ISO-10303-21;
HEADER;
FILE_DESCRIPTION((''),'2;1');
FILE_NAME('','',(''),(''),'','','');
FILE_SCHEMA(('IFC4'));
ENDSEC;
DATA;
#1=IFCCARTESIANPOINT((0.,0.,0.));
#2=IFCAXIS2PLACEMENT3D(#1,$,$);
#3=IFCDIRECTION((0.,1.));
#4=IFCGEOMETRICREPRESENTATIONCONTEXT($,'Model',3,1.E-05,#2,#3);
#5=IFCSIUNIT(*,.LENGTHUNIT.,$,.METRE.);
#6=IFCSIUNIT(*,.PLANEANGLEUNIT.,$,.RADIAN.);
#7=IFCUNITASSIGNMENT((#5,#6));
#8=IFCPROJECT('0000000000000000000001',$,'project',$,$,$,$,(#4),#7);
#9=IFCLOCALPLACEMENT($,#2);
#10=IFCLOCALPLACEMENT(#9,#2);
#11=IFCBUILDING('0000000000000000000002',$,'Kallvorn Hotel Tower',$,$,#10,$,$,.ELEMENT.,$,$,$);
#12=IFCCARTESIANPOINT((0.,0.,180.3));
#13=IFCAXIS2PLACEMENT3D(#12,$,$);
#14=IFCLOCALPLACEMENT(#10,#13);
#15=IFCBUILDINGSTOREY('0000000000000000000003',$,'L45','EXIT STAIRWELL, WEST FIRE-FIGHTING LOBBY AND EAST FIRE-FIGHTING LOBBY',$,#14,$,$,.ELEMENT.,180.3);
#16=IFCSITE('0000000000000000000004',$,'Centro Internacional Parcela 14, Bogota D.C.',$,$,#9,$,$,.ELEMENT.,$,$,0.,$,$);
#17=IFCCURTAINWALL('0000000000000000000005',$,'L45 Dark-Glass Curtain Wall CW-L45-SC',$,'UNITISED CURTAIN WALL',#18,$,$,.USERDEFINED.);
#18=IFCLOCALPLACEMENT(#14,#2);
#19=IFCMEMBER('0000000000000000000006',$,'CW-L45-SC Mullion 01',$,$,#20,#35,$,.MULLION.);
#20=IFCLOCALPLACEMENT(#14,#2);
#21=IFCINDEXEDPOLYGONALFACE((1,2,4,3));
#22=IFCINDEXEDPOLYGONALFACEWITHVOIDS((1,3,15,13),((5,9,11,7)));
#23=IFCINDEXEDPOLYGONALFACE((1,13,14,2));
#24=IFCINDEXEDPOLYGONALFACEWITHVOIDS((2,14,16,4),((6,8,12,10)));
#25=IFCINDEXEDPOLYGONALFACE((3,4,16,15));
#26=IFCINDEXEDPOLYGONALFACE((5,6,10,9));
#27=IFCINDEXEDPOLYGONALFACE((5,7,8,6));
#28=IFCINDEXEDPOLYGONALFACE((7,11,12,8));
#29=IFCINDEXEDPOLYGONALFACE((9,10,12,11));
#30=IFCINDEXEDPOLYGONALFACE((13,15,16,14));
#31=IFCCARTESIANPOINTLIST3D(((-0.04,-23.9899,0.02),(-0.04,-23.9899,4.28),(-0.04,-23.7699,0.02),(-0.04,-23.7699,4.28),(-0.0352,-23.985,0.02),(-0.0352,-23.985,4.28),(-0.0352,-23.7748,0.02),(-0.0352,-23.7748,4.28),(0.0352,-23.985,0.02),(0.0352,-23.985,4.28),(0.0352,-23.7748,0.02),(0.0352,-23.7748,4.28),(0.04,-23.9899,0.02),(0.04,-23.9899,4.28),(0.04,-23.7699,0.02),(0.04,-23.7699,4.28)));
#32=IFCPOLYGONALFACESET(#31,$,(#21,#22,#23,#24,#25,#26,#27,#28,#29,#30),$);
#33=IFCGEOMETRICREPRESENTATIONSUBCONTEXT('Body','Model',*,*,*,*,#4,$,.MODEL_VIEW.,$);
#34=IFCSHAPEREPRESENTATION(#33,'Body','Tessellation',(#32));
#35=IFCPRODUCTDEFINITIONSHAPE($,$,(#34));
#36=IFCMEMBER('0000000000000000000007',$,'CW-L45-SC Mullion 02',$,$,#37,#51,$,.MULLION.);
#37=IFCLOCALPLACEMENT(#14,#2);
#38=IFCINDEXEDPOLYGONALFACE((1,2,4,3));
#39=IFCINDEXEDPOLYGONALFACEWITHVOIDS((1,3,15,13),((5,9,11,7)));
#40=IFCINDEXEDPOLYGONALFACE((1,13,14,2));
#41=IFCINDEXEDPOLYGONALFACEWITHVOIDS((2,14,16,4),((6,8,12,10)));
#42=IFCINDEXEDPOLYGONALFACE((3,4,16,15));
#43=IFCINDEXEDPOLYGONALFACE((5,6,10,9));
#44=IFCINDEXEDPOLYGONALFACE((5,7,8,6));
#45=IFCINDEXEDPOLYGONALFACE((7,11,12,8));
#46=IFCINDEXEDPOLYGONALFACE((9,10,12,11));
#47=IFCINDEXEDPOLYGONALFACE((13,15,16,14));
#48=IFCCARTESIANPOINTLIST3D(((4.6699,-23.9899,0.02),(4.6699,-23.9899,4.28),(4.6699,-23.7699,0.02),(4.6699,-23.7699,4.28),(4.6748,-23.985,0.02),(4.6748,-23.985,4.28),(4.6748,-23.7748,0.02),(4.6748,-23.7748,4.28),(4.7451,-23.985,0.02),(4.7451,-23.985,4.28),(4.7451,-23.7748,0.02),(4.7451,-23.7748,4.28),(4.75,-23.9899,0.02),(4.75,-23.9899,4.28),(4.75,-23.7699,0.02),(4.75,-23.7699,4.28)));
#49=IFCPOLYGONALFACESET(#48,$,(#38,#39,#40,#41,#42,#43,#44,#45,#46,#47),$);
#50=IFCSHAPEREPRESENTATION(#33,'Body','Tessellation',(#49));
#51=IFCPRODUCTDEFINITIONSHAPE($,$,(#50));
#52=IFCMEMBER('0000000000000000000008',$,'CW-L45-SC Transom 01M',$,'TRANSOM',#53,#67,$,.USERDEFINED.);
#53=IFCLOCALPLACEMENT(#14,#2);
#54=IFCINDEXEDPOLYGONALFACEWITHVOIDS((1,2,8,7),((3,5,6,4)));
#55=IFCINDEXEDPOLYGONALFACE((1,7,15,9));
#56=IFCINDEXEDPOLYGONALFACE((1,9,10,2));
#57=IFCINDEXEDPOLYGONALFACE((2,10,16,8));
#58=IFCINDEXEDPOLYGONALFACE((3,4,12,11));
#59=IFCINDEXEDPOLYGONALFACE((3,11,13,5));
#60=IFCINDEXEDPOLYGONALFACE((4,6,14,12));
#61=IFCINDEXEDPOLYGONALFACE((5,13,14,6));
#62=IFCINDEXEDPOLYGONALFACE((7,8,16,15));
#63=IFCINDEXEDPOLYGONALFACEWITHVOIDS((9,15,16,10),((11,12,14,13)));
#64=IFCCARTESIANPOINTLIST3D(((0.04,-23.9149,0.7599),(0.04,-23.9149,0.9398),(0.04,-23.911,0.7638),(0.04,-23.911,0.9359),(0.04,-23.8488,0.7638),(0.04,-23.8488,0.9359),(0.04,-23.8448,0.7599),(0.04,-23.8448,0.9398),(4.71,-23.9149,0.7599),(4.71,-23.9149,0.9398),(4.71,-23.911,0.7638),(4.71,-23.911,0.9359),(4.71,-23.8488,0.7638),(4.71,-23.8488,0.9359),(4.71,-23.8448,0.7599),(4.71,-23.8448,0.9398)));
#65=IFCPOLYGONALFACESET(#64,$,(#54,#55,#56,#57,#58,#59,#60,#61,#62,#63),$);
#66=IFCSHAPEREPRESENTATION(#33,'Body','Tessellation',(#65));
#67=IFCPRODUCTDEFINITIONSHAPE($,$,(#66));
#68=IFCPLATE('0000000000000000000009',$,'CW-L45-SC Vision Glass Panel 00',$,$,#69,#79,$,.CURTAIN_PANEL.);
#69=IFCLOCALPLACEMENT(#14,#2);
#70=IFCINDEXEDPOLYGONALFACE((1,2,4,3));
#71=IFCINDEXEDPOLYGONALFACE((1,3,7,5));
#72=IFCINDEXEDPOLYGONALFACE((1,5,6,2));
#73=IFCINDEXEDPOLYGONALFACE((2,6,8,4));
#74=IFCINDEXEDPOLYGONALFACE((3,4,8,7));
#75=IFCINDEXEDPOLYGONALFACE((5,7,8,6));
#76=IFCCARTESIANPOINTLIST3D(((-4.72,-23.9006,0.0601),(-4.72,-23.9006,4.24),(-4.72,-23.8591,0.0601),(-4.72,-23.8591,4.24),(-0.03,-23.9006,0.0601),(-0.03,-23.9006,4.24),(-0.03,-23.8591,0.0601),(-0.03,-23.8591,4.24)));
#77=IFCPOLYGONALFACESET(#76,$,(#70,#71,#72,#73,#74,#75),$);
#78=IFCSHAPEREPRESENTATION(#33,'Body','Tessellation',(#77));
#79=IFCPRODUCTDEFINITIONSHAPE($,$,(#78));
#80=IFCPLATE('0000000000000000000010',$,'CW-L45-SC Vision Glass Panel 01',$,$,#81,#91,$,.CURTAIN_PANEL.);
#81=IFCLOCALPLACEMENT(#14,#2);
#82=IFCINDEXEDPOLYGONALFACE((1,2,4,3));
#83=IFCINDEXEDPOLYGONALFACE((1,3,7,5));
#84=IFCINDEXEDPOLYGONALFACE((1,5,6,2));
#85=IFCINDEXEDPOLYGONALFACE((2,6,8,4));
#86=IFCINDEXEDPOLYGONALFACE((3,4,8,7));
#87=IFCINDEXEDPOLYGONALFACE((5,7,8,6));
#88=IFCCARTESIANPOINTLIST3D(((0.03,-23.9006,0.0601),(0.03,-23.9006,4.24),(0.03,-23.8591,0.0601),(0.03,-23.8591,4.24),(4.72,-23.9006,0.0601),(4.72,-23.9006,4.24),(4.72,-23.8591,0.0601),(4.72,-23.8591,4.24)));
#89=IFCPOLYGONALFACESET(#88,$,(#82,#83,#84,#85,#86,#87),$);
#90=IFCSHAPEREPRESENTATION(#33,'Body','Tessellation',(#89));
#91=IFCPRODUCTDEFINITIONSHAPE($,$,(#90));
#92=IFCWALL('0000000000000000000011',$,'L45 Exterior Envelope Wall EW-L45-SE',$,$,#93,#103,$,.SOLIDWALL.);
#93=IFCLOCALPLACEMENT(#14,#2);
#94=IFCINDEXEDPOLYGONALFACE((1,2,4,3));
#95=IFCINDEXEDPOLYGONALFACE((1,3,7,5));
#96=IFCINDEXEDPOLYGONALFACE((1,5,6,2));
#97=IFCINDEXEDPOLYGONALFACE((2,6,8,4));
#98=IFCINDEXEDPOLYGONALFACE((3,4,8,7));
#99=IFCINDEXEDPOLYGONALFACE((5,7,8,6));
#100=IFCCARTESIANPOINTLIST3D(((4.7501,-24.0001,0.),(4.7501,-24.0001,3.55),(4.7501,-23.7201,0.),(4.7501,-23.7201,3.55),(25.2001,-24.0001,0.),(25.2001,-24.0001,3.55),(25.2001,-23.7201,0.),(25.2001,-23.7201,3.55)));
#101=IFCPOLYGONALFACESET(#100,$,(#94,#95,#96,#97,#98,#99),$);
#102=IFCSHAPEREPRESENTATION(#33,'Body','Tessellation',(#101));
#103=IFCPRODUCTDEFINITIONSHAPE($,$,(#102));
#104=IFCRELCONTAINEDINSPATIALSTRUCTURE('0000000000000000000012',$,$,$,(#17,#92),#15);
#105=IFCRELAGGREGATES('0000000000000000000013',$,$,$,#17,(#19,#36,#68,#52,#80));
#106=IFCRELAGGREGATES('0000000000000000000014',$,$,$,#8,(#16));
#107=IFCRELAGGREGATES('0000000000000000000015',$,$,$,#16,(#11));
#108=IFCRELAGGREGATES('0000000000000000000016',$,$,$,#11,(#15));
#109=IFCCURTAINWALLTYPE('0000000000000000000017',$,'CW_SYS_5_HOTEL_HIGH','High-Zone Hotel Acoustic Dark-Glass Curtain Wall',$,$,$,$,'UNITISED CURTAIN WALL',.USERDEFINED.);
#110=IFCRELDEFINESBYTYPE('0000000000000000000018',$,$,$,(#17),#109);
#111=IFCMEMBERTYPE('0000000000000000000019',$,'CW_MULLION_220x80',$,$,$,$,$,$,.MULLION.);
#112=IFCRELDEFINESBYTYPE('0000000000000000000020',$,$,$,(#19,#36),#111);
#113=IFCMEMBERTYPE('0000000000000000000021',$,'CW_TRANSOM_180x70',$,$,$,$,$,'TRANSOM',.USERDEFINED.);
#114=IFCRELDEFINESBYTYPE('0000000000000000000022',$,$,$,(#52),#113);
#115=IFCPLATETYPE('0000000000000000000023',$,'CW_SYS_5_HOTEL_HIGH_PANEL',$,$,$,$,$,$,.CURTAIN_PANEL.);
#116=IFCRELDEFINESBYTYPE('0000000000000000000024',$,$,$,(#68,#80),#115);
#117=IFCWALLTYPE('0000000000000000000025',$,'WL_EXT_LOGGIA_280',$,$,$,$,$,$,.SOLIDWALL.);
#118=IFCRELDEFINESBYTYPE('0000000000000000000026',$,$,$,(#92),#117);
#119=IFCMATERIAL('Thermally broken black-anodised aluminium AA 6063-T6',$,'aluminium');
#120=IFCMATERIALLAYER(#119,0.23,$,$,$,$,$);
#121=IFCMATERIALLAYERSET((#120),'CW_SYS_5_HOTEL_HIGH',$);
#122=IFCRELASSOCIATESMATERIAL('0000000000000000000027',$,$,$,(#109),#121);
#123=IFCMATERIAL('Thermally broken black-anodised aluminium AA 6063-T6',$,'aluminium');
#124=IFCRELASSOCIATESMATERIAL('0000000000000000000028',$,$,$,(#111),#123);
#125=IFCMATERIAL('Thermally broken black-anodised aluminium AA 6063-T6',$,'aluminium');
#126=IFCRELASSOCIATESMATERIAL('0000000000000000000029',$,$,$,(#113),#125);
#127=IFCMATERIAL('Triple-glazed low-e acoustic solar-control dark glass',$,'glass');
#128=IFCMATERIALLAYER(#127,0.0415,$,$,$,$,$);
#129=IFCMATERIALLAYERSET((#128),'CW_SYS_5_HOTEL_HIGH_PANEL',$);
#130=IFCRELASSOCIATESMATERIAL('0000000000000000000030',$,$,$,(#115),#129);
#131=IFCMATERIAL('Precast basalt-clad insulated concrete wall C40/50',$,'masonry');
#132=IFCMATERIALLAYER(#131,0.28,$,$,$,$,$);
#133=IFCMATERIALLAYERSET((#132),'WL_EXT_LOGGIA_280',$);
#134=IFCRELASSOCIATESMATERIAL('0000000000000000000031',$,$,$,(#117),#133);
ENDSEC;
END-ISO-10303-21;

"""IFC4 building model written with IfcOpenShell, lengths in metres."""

from ifc_helpers import new_model, si_unit, direction, frame, frame_2d, origin, origin_2d, place, context, subcontext, project, spatial, rectangle, hollow_rectangle, extrude, material, layer, layer_set, material_profile, profile_set, type_object, element, aggregate, save


model = new_model("IFC4")

# Units and contexts
model_context = context("Model", 3, precision=1e-05, world=origin(), true_north=direction((0.0, 1.0)))
body_context = subcontext(model_context, "Body", "Model", "MODEL_VIEW")
ifc_project = project(units=[si_unit("LENGTHUNIT", "METRE"), si_unit("PLANEANGLEUNIT", "RADIAN")], contexts=[model_context])

# Site, building, storey
site_placement = place(None, origin())
site = spatial("IfcSite", under=ifc_project, at=site_placement, Name="Centro Internacional Parcela 14, Bogota D.C.", CompositionType="ELEMENT", RefElevation=0.0)
building_placement = place(site_placement, origin())
building = spatial("IfcBuilding", under=site, at=building_placement, Name="Kallvorn Hotel Tower", CompositionType="ELEMENT")
storey_placement = place(building_placement, frame((0.0, 0.0, 180.3)))
storey = spatial("IfcBuildingStorey", under=building, at=storey_placement, Name="L45", Description="EXIT STAIRWELL, WEST FIRE-FIGHTING LOBBY AND EAST FIRE-FIGHTING LOBBY", CompositionType="ELEMENT", Elevation=180.3)

# Curtain wall, members, plates
ifc_material_1 = material(Name="Thermally broken black-anodised aluminium AA 6063-T6", Category="aluminium")
ifc_layer_1 = layer(ifc_material_1, 0.23)
ifc_layer_set_1 = layer_set([ifc_layer_1], Name="CW_SYS_5_HOTEL_HIGH")
curtain_wall_type = type_object("IfcCurtainWallType", Name="CW_SYS_5_HOTEL_HIGH", Description="High-Zone Hotel Acoustic Dark-Glass Curtain Wall", ElementType="UNITISED CURTAIN WALL", PredefinedType="USERDEFINED", material=ifc_layer_set_1)
curtain_wall_placement = place(storey_placement, origin())
curtain_wall = element("IfcCurtainWall", 1, at=curtain_wall_placement, inside=storey, type_object=curtain_wall_type, Name="L45 Dark-Glass Curtain Wall CW-L45-SC", ObjectType="UNITISED CURTAIN WALL", PredefinedType="USERDEFINED")
ifc_material_2 = material(Name="Thermally broken black-anodised aluminium AA 6063-T6", Category="aluminium")
ifc_material_profile_1 = material_profile(ifc_material_2, hollow_rectangle(XDim=0.0801, YDim=0.22, WallThickness=0.0049, at=origin_2d()), Name="MUL 220x80")
ifc_profile_set_1 = profile_set([ifc_material_profile_1], Name="Thermally broken black-anodised aluminium AA 6063-T6")
member_type_1 = type_object("IfcMemberType", Name="CW_MULLION_220x80", PredefinedType="MULLION", material=ifc_profile_set_1)
member_1_placement = place(storey_placement, frame((0.0, -23.8799, 0.02), z_axis=(0.0, 0.0, 1.0), x_axis=(1.0, 0.0, 0.0)))
member_1 = element("IfcMember", 2, at=member_1_placement, type_object=member_type_1, Name="CW-L45-SC Mullion 01", PredefinedType="MULLION", context=body_context, shape_type="SweptSolid", body=[
    extrude(hollow_rectangle(XDim=0.0801, YDim=0.22, WallThickness=0.0049, at=origin_2d()), origin(), (0.0, 0.0, 1.0), 4.26),
])
member_2_placement = place(storey_placement, frame((4.71, -23.8799, 0.02), z_axis=(0.0, 0.0, 1.0), x_axis=(1.0, 0.0, 0.0)))
member_2 = element("IfcMember", 3, at=member_2_placement, type_object=member_type_1, Name="CW-L45-SC Mullion 02", PredefinedType="MULLION", context=body_context, shape_type="SweptSolid", body=[
    extrude(hollow_rectangle(XDim=0.0801, YDim=0.22, WallThickness=0.0049, at=origin_2d()), origin(), (0.0, 0.0, 1.0), 4.26),
])
ifc_material_3 = material(Name="Thermally broken black-anodised aluminium AA 6063-T6", Category="aluminium")
ifc_material_profile_2 = material_profile(ifc_material_3, hollow_rectangle(XDim=0.0701, YDim=0.1799, WallThickness=0.0039, at=origin_2d()), Name="TRN 180x70")
ifc_profile_set_2 = profile_set([ifc_material_profile_2], Name="Thermally broken black-anodised aluminium AA 6063-T6")
member_type_2 = type_object("IfcMemberType", Name="CW_TRANSOM_180x70", ElementType="TRANSOM", PredefinedType="USERDEFINED", material=ifc_profile_set_2)
member_3_placement = place(storey_placement, frame((0.04, -23.8799, 0.8499), z_axis=(1.0, 0.0, 0.0), x_axis=(0.0, 1.0, 0.0)))
member_3 = element("IfcMember", 4, at=member_3_placement, type_object=member_type_2, Name="CW-L45-SC Transom 01M", ObjectType="TRANSOM", PredefinedType="USERDEFINED", context=body_context, shape_type="SweptSolid", body=[
    extrude(hollow_rectangle(XDim=0.0701, YDim=0.1799, WallThickness=0.0039, at=origin_2d()), origin(), (0.0, 0.0, 1.0), 4.6699),
])
ifc_material_4 = material(Name="Triple-glazed low-e acoustic solar-control dark glass", Category="glass")
ifc_layer_2 = layer(ifc_material_4, 0.0415)
ifc_layer_set_2 = layer_set([ifc_layer_2], Name="CW_SYS_5_HOTEL_HIGH_PANEL")
plate_type = type_object("IfcPlateType", Name="CW_SYS_5_HOTEL_HIGH_PANEL", PredefinedType="CURTAIN_PANEL", material=ifc_layer_set_2)
plate_1_placement = place(storey_placement, frame((-2.375, -23.8799, 0.0601), z_axis=(0.0, 0.0, 1.0), x_axis=(1.0, 0.0, 0.0)))
plate_1 = element("IfcPlate", 5, at=plate_1_placement, type_object=plate_type, Name="CW-L45-SC Vision Glass Panel 00", PredefinedType="CURTAIN_PANEL", context=body_context, shape_type="SweptSolid", body=[
    extrude(rectangle(XDim=4.6899, YDim=0.0415, at=origin_2d()), origin(), (0.0, 0.0, 1.0), 4.1799),
])
plate_2_placement = place(storey_placement, frame((2.375, -23.8799, 0.0601), z_axis=(0.0, 0.0, 1.0), x_axis=(1.0, 0.0, 0.0)))
plate_2 = element("IfcPlate", 6, at=plate_2_placement, type_object=plate_type, Name="CW-L45-SC Vision Glass Panel 01", PredefinedType="CURTAIN_PANEL", context=body_context, shape_type="SweptSolid", body=[
    extrude(rectangle(XDim=4.6899, YDim=0.0415, at=origin_2d()), origin(), (0.0, 0.0, 1.0), 4.1799),
])
aggregate(curtain_wall, [member_1, member_2, plate_1, member_3, plate_2])

# Wall
ifc_material_5 = material(Name="Precast basalt-clad insulated concrete wall C40/50", Category="masonry")
ifc_layer_3 = layer(ifc_material_5, 0.28)
ifc_layer_set_3 = layer_set([ifc_layer_3], Name="WL_EXT_LOGGIA_280")
wall_type = type_object("IfcWallType", Name="WL_EXT_LOGGIA_280", PredefinedType="SOLIDWALL", material=ifc_layer_set_3)
wall_placement = place(storey_placement, frame((4.75, -23.8601, 0.0), z_axis=(0.0, 0.0, 1.0), x_axis=(1.0, 0.0, 0.0)))
element("IfcWall", 7, at=wall_placement, inside=storey, type_object=wall_type, Name="L45 Exterior Envelope Wall EW-L45-SE", PredefinedType="SOLIDWALL", context=body_context, shape_type="SweptSolid", body=[
    extrude(rectangle(XDim=20.45, YDim=0.28, at=frame_2d((10.2251, 0.0))), origin(), (0.0, 0.0, 1.0), 3.55),
])

save(model, "model.ifc")
